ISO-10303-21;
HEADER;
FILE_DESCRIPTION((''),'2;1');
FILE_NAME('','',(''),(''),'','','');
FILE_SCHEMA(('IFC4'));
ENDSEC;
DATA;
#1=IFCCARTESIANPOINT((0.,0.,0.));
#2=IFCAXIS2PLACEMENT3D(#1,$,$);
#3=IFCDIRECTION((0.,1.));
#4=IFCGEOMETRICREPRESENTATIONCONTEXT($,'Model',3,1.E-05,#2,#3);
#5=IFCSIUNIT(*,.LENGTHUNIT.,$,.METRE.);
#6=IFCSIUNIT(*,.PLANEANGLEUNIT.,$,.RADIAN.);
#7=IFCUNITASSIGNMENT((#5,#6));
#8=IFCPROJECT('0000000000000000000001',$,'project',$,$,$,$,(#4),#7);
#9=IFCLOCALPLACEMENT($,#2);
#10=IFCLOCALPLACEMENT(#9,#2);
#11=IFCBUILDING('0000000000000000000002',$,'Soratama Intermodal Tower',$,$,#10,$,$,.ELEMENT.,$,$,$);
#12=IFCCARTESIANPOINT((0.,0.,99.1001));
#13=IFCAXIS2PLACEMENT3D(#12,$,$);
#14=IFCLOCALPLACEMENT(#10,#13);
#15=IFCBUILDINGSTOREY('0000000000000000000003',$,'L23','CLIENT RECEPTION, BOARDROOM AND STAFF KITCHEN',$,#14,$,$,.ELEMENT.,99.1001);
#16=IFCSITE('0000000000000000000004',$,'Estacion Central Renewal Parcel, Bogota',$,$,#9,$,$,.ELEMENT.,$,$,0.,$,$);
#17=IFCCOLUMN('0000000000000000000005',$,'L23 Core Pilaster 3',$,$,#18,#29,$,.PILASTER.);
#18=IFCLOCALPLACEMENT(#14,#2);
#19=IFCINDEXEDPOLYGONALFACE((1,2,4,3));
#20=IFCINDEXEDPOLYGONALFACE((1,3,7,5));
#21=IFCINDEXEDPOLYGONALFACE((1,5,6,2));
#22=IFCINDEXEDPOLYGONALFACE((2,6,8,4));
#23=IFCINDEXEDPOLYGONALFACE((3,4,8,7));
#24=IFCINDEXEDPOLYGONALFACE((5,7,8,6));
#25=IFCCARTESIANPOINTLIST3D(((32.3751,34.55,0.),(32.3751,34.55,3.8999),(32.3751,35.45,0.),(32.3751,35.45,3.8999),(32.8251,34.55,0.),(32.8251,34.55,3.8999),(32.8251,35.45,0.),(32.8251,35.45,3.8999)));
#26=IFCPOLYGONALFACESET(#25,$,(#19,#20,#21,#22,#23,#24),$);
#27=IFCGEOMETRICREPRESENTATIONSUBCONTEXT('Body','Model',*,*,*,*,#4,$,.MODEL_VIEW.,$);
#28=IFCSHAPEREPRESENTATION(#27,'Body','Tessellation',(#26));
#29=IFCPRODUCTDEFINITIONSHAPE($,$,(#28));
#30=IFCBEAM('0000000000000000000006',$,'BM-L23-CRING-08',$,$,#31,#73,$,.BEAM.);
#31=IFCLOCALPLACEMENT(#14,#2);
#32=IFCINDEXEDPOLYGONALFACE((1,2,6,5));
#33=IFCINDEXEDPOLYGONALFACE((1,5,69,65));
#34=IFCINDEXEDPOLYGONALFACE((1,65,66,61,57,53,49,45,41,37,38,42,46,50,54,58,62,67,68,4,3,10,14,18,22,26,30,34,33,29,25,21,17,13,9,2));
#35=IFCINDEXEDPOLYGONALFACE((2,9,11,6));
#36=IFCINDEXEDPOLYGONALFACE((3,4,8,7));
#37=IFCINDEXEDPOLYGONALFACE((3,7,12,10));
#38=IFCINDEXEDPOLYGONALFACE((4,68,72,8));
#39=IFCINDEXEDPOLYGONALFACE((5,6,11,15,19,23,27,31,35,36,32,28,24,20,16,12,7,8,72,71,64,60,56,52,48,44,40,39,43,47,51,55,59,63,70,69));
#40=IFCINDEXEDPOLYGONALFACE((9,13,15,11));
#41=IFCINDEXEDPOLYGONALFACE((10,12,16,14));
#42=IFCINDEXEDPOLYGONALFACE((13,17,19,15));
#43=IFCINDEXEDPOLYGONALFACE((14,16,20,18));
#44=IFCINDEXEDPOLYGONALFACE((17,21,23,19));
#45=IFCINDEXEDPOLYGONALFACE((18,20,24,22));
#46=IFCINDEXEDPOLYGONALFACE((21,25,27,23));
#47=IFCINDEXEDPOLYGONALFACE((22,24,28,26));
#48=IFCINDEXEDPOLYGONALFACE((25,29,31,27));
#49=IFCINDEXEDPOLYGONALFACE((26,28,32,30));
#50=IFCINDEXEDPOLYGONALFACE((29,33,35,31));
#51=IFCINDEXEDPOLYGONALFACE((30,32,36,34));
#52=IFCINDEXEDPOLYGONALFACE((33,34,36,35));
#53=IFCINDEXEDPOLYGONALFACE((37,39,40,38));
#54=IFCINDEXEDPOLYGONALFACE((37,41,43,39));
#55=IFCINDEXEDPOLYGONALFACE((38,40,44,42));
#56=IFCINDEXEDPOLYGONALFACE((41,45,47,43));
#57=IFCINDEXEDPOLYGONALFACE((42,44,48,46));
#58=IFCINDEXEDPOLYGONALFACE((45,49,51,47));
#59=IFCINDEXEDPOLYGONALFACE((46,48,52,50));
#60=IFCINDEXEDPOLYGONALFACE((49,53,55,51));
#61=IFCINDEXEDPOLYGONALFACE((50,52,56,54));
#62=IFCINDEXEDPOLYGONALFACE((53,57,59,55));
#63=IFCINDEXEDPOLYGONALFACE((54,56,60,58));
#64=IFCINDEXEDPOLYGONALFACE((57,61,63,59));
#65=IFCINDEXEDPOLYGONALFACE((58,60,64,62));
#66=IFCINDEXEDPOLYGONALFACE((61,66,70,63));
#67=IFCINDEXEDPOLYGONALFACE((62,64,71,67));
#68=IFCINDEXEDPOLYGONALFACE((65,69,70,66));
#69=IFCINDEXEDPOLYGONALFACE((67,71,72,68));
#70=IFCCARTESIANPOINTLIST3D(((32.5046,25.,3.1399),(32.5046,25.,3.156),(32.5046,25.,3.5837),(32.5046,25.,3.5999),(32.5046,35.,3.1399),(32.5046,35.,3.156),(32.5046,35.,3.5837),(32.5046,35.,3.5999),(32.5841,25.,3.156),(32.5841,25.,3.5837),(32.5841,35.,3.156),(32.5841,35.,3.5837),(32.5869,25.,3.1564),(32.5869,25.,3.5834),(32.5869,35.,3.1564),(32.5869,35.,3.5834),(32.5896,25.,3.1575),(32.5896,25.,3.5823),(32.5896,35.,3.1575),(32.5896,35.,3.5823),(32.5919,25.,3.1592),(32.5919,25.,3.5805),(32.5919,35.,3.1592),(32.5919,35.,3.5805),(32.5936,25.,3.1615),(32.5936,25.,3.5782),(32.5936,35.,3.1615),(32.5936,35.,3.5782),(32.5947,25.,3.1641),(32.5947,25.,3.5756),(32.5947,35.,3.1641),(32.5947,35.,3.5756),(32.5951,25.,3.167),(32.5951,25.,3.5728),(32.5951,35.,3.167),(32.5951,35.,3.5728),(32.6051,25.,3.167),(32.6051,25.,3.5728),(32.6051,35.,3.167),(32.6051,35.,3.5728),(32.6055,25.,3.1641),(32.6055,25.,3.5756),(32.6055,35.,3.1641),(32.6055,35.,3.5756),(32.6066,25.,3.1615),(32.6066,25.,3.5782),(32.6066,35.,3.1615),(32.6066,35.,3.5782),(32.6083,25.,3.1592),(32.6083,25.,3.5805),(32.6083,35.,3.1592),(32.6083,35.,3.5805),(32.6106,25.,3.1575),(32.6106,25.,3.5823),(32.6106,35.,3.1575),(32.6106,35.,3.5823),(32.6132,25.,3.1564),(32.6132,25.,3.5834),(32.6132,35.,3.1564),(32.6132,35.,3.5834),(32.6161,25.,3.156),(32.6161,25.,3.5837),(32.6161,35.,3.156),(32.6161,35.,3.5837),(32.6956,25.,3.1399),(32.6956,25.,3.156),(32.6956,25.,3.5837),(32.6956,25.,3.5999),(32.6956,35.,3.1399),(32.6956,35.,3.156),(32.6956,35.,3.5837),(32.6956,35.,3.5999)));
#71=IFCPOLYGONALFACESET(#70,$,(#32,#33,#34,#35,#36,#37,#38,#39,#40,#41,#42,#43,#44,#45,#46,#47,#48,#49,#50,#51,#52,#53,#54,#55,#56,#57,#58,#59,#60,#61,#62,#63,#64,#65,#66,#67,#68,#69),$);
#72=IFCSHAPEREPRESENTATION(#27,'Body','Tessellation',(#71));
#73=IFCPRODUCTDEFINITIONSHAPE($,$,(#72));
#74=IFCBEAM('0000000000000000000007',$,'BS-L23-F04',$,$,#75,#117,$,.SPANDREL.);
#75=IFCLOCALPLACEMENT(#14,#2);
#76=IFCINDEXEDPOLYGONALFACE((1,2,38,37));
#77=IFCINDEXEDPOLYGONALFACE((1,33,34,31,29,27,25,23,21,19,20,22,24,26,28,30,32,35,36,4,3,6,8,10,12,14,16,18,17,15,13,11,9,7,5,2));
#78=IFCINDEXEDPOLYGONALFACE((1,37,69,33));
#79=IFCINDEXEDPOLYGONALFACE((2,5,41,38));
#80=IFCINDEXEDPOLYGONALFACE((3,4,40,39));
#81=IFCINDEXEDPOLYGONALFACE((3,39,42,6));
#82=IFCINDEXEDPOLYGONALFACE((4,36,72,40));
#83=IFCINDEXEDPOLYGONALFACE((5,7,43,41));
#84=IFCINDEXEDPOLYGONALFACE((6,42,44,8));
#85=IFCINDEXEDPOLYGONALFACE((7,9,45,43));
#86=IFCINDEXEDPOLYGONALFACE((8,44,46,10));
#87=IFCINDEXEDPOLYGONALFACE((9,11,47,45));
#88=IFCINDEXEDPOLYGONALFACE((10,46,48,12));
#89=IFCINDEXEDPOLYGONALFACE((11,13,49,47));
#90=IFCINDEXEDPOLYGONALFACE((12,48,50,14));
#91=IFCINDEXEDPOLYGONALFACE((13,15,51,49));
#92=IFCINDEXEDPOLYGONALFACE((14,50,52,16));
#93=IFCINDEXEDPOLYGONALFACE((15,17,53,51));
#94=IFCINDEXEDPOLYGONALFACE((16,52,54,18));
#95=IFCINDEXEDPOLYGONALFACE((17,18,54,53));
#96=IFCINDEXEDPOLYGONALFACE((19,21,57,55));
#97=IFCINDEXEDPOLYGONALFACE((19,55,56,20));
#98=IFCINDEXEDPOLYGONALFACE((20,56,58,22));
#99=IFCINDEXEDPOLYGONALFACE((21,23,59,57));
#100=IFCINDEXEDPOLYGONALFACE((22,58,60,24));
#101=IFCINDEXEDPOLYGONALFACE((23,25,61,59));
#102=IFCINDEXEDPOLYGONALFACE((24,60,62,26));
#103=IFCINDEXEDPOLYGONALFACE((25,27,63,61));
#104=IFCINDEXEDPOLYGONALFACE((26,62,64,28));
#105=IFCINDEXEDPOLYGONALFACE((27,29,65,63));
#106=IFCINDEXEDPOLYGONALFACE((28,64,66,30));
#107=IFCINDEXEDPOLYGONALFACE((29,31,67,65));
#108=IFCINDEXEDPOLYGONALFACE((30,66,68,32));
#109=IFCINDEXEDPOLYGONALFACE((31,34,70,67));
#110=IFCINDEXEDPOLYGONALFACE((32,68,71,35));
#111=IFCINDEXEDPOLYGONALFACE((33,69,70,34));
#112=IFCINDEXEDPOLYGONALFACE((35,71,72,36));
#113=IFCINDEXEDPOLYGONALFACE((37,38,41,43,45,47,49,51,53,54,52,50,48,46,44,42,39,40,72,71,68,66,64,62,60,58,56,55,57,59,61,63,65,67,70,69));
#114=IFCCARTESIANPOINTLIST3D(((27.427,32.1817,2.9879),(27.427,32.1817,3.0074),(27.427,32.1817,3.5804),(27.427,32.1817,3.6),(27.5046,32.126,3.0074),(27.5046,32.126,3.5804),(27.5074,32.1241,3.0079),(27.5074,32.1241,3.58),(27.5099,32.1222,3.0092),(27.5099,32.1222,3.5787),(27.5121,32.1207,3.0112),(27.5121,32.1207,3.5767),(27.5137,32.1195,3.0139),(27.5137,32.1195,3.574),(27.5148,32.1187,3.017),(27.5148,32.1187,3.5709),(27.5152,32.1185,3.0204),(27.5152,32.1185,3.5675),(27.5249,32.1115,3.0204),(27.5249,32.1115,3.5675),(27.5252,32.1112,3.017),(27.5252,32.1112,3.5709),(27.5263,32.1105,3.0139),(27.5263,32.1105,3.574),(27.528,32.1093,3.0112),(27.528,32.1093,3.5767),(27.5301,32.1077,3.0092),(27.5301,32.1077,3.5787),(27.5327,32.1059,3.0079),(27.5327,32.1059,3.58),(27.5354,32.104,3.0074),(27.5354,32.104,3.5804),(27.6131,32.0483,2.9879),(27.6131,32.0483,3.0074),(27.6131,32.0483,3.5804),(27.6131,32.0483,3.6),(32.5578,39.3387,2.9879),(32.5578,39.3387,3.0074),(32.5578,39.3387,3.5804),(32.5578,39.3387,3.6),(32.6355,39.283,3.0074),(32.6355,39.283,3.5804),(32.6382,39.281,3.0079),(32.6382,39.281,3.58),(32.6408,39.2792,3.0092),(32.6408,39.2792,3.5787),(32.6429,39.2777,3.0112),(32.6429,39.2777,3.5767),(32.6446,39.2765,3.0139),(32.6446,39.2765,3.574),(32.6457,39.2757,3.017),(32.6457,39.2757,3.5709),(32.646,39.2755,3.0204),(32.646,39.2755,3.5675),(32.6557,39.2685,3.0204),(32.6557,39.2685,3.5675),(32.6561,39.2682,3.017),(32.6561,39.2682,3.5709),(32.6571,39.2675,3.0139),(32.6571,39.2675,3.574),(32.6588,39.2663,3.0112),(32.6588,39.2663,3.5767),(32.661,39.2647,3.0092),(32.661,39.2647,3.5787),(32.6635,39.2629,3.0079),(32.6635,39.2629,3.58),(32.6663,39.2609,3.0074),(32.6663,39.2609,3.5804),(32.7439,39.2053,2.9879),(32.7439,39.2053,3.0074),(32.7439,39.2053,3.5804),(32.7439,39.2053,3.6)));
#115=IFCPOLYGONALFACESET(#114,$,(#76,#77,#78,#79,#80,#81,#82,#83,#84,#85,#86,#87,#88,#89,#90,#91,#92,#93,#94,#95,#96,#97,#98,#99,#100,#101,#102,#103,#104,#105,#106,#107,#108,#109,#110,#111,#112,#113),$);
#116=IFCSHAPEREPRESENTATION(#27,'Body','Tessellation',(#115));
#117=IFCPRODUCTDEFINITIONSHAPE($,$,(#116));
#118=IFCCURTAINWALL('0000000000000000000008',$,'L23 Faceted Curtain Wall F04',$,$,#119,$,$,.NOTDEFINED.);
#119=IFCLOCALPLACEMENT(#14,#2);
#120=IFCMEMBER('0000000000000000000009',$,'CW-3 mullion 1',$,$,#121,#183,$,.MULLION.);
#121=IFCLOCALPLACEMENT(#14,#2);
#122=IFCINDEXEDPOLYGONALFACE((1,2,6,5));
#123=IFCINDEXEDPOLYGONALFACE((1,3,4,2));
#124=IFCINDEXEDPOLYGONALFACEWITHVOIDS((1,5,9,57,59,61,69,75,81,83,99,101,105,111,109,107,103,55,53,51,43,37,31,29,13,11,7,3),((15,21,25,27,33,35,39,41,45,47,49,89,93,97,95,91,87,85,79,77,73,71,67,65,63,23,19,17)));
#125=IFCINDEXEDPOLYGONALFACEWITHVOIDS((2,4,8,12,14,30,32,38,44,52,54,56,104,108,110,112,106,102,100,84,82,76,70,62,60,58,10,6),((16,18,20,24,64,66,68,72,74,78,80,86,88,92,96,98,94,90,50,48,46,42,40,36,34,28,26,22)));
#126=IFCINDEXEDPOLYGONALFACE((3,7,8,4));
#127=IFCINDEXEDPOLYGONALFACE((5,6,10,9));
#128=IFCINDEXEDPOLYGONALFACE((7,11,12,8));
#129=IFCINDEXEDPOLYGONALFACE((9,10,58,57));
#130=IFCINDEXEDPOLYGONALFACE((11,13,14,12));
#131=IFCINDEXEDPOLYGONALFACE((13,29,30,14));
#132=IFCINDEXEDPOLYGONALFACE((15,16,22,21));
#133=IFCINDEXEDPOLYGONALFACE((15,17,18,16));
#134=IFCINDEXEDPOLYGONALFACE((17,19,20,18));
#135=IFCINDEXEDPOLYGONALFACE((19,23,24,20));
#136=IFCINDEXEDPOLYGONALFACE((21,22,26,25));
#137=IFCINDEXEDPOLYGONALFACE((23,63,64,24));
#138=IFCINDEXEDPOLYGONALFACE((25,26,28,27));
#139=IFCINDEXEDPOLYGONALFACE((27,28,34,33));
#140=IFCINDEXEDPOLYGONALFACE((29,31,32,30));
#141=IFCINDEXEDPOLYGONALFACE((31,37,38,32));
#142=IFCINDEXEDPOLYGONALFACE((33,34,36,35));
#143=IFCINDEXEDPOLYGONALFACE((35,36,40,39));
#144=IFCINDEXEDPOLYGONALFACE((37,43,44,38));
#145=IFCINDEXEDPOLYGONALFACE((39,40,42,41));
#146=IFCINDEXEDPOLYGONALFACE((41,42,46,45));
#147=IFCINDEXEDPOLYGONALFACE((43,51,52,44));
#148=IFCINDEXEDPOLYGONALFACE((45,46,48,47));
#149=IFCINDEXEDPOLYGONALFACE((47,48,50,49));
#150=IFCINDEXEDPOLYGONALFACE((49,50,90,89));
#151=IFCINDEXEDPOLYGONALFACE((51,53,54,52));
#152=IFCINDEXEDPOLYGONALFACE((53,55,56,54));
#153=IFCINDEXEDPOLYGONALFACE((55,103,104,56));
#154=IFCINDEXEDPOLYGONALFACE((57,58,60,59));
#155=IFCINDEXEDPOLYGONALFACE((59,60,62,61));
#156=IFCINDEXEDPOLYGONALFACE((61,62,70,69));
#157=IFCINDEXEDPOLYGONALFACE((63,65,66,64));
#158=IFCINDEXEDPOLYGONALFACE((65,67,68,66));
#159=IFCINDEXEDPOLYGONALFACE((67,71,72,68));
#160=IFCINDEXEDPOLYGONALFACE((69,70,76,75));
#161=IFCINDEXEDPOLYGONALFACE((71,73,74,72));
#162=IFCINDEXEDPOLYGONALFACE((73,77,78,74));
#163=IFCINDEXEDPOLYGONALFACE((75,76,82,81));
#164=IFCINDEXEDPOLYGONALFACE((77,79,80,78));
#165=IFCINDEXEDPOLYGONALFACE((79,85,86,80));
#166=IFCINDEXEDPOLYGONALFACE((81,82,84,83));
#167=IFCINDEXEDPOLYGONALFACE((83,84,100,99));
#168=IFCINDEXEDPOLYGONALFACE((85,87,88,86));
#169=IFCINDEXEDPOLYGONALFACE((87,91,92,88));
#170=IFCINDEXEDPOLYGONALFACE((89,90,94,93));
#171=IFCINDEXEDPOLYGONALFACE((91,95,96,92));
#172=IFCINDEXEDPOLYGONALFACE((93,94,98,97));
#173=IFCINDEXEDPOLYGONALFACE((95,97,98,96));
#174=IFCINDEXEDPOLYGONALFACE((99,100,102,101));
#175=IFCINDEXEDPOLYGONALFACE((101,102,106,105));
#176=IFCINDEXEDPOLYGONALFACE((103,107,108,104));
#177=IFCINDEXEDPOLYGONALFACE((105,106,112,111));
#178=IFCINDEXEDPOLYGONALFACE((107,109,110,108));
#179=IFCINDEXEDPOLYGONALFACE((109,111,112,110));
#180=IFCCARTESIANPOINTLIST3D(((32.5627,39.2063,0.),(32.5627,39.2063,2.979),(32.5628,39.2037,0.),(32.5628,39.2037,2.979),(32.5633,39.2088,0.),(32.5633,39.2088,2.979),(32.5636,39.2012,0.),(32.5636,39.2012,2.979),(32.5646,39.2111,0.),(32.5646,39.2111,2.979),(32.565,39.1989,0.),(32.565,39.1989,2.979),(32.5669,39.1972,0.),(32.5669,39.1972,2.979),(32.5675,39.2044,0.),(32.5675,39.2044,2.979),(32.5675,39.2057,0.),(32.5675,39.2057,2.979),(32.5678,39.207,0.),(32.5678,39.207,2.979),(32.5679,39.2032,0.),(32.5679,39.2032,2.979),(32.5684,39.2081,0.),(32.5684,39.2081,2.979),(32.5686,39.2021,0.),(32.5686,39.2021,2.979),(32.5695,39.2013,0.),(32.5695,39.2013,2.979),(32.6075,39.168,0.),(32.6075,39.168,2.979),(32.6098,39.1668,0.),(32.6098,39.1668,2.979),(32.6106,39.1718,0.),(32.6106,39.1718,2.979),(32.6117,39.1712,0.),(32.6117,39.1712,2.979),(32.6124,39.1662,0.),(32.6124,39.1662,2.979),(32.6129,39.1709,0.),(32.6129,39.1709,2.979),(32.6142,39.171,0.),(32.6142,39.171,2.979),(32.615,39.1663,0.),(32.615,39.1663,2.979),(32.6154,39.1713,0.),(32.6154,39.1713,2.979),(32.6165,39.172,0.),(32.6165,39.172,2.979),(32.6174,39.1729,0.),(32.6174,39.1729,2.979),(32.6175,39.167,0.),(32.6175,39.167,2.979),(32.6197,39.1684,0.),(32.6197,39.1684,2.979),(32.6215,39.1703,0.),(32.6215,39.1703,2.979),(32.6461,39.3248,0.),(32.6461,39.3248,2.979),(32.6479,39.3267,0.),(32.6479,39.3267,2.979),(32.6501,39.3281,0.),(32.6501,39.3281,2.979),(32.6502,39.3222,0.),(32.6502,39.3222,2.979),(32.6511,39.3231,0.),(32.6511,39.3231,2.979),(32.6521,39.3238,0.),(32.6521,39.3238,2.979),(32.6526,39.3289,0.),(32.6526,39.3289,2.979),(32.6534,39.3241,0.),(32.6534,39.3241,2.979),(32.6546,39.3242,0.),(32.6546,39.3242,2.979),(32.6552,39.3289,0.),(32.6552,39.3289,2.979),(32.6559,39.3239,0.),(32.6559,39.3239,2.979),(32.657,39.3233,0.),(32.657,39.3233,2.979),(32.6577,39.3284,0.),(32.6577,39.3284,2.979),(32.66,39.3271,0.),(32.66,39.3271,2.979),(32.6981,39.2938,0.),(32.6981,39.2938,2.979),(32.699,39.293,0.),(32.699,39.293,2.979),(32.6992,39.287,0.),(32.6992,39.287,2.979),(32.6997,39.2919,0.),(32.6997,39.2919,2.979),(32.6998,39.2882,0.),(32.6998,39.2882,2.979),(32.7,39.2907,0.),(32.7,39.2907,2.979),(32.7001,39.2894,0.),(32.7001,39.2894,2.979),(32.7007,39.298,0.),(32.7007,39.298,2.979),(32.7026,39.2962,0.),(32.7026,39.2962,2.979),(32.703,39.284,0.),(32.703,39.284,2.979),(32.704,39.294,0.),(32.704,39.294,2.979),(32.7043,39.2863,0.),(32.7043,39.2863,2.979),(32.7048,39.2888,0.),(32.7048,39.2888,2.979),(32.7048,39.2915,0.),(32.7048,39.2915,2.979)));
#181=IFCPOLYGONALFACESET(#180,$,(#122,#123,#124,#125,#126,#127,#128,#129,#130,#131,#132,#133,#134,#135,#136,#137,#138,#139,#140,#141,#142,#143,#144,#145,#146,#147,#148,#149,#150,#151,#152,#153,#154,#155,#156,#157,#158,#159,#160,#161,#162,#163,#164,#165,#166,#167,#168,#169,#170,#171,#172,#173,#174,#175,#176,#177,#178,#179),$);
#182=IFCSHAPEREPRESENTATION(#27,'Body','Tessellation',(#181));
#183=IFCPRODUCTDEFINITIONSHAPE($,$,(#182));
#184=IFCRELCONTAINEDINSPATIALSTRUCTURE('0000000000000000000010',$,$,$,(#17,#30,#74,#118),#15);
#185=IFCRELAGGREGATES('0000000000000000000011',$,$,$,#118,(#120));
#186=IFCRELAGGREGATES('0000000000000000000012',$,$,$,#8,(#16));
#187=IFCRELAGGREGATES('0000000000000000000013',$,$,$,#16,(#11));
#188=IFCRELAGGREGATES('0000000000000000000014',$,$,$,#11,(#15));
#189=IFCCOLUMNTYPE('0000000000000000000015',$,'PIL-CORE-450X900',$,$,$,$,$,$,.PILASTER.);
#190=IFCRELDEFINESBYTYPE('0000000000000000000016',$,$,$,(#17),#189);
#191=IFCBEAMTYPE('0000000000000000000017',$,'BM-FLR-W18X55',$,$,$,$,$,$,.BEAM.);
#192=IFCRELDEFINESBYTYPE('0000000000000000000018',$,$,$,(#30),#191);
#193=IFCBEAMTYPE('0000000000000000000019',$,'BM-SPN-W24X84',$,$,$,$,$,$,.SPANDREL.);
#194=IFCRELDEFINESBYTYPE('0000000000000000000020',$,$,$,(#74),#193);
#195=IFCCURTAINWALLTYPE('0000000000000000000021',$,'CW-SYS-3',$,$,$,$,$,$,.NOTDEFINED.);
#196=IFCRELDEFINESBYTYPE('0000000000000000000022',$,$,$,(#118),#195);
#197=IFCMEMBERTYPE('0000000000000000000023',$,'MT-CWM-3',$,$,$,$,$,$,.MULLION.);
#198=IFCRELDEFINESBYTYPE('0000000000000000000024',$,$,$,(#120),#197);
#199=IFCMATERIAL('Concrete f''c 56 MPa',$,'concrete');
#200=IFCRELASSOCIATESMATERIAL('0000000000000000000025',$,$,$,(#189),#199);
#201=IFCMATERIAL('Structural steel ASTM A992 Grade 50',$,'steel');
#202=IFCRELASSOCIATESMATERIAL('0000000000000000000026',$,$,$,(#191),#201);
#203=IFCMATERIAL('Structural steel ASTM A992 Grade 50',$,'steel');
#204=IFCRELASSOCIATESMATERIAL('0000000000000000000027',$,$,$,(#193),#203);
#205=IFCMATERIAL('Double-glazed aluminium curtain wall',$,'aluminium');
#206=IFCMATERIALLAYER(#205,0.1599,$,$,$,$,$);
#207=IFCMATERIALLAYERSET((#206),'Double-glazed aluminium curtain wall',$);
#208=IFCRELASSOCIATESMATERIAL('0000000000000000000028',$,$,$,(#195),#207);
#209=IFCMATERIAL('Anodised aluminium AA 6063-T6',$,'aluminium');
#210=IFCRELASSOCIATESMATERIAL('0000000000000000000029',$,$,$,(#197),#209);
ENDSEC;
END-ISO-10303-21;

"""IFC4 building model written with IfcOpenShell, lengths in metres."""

from ifc_helpers import new_model, si_unit, direction, frame, origin, origin_2d, place, context, subcontext, project, spatial, rectangle, hollow_rectangle, i_section, extrude, material, layer, layer_set, material_profile, profile_set, type_object, element, aggregate, save


model = new_model("IFC4")

# Units and contexts
model_context = context("Model", 3, precision=1e-05, world=origin(), true_north=direction((0.0, 1.0)))
body_context = subcontext(model_context, "Body", "Model", "MODEL_VIEW")
ifc_project = project(units=[si_unit("LENGTHUNIT", "METRE"), si_unit("PLANEANGLEUNIT", "RADIAN")], contexts=[model_context])

# Site, building, storey
site_placement = place(None, origin())
site = spatial("IfcSite", under=ifc_project, at=site_placement, Name="Estacion Central Renewal Parcel, Bogota", CompositionType="ELEMENT", RefElevation=0.0)
building_placement = place(site_placement, origin())
building = spatial("IfcBuilding", under=site, at=building_placement, Name="Soratama Intermodal Tower", CompositionType="ELEMENT")
storey_placement = place(building_placement, frame((0.0, 0.0, 99.1001)))
storey = spatial("IfcBuildingStorey", under=building, at=storey_placement, Name="L23", Description="CLIENT RECEPTION, BOARDROOM AND STAFF KITCHEN", CompositionType="ELEMENT", Elevation=99.1001)

# Column
ifc_material_1 = material(Name="Concrete f'c 56 MPa", Category="concrete")
ifc_material_profile_1 = material_profile(ifc_material_1, rectangle(XDim=0.45, YDim=0.8999, at=origin_2d()), Name="RC450X900")
ifc_profile_set_1 = profile_set([ifc_material_profile_1], Name="Concrete f'c 56 MPa")
column_type = type_object("IfcColumnType", Name="PIL-CORE-450X900", PredefinedType="PILASTER", material=ifc_profile_set_1)
column_placement = place(storey_placement, frame((32.6001, 35.0, 0.0), z_axis=(0.0, 0.0, 1.0), x_axis=(1.0, 0.0, 0.0)))
element("IfcColumn", 1, at=column_placement, inside=storey, type_object=column_type, Name="L23 Core Pilaster 3", PredefinedType="PILASTER", context=body_context, shape_type="SweptSolid", body=[
    extrude(rectangle(XDim=0.45, YDim=0.8999, at=origin_2d()), origin(), (0.0, 0.0, 1.0), 3.8999),
])

# Beams
ifc_material_2 = material(Name="Structural steel ASTM A992 Grade 50", Category="steel")
ifc_material_profile_2 = material_profile(ifc_material_2, i_section(OverallWidth=0.1909, OverallDepth=0.46, WebThickness=0.01, FlangeThickness=0.0161, FilletRadius=0.011, at=origin_2d()), Name="W18X55")
ifc_profile_set_2 = profile_set([ifc_material_profile_2], Name="Structural steel ASTM A992 Grade 50")
beam_type_1 = type_object("IfcBeamType", Name="BM-FLR-W18X55", PredefinedType="BEAM", material=ifc_profile_set_2)
beam_1_placement = place(storey_placement, frame((32.6001, 35.0, 3.3699), z_axis=(0.0, -1.0, 0.0), x_axis=(1.0, 0.0, 0.0)))
element("IfcBeam", 2, at=beam_1_placement, inside=storey, type_object=beam_type_1, Name="BM-L23-CRING-08", PredefinedType="BEAM", context=body_context, shape_type="SweptSolid", body=[
    extrude(i_section(OverallWidth=0.1909, OverallDepth=0.46, WebThickness=0.01, FlangeThickness=0.0161, FilletRadius=0.011, at=origin_2d()), origin(), (0.0, 0.0, 1.0), 10.0),
])
ifc_material_3 = material(Name="Structural steel ASTM A992 Grade 50", Category="steel")
ifc_material_profile_3 = material_profile(ifc_material_3, i_section(OverallWidth=0.229, OverallDepth=0.6121, WebThickness=0.012, FlangeThickness=0.0195, FilletRadius=0.0129, at=origin_2d()), Name="W24X84")
ifc_profile_set_3 = profile_set([ifc_material_profile_3], Name="Structural steel ASTM A992 Grade 50")
beam_type_2 = type_object("IfcBeamType", Name="BM-SPN-W24X84", PredefinedType="SPANDREL", material=ifc_profile_set_3)
beam_2_placement = place(storey_placement, frame((32.6509, 39.272, 3.2939), z_axis=(-0.582646, -0.812726, 0.0), x_axis=(0.812726, -0.582646, 0.0)))
element("IfcBeam", 3, at=beam_2_placement, inside=storey, type_object=beam_type_2, Name="BS-L23-F04", PredefinedType="SPANDREL", context=body_context, shape_type="SweptSolid", body=[
    extrude(i_section(OverallWidth=0.229, OverallDepth=0.6121, WebThickness=0.012, FlangeThickness=0.0195, FilletRadius=0.0129, at=origin_2d()), origin(), (0.0, 0.0, 1.0), 8.8062),
])

# Curtain wall, member
ifc_material_4 = material(Name="Double-glazed aluminium curtain wall", Category="aluminium")
ifc_layer_1 = layer(ifc_material_4, 0.1599)
ifc_layer_set_1 = layer_set([ifc_layer_1], Name="Double-glazed aluminium curtain wall")
curtain_wall_type = type_object("IfcCurtainWallType", Name="CW-SYS-3", PredefinedType="NOTDEFINED", material=ifc_layer_set_1)
curtain_wall_placement = place(storey_placement, origin())
curtain_wall = element("IfcCurtainWall", 4, at=curtain_wall_placement, inside=storey, type_object=curtain_wall_type, Name="L23 Faceted Curtain Wall F04", PredefinedType="NOTDEFINED")
ifc_material_5 = material(Name="Anodised aluminium AA 6063-T6", Category="aluminium")
ifc_material_profile_4 = material_profile(ifc_material_5, hollow_rectangle(XDim=0.0701, YDim=0.1599, WallThickness=0.0049, InnerFilletRadius=0.0049, OuterFilletRadius=0.01, at=origin_2d()), Name="CWM160X70X5")
ifc_profile_set_4 = profile_set([ifc_material_profile_4], Name="Anodised aluminium AA 6063-T6")
member_type_1 = type_object("IfcMemberType", Name="MT-CWM-3", PredefinedType="MULLION", material=ifc_profile_set_4)
member_1_placement = place(storey_placement, frame((32.6338, 39.2476, 0.0), z_axis=(0.0, 0.0, 1.0), x_axis=(0.812696, -0.582687, 0.0)))
member_1 = element("IfcMember", 5, at=member_1_placement, type_object=member_type_1, Name="CW-3 mullion 1", PredefinedType="MULLION", context=body_context, shape_type="SweptSolid", body=[
    extrude(hollow_rectangle(XDim=0.0701, YDim=0.1599, WallThickness=0.0049, InnerFilletRadius=0.0049, OuterFilletRadius=0.01, at=origin_2d()), origin(), (0.0, 0.0, 1.0), 2.979),
])
aggregate(curtain_wall, [member_1])

save(model, "model.ifc")
